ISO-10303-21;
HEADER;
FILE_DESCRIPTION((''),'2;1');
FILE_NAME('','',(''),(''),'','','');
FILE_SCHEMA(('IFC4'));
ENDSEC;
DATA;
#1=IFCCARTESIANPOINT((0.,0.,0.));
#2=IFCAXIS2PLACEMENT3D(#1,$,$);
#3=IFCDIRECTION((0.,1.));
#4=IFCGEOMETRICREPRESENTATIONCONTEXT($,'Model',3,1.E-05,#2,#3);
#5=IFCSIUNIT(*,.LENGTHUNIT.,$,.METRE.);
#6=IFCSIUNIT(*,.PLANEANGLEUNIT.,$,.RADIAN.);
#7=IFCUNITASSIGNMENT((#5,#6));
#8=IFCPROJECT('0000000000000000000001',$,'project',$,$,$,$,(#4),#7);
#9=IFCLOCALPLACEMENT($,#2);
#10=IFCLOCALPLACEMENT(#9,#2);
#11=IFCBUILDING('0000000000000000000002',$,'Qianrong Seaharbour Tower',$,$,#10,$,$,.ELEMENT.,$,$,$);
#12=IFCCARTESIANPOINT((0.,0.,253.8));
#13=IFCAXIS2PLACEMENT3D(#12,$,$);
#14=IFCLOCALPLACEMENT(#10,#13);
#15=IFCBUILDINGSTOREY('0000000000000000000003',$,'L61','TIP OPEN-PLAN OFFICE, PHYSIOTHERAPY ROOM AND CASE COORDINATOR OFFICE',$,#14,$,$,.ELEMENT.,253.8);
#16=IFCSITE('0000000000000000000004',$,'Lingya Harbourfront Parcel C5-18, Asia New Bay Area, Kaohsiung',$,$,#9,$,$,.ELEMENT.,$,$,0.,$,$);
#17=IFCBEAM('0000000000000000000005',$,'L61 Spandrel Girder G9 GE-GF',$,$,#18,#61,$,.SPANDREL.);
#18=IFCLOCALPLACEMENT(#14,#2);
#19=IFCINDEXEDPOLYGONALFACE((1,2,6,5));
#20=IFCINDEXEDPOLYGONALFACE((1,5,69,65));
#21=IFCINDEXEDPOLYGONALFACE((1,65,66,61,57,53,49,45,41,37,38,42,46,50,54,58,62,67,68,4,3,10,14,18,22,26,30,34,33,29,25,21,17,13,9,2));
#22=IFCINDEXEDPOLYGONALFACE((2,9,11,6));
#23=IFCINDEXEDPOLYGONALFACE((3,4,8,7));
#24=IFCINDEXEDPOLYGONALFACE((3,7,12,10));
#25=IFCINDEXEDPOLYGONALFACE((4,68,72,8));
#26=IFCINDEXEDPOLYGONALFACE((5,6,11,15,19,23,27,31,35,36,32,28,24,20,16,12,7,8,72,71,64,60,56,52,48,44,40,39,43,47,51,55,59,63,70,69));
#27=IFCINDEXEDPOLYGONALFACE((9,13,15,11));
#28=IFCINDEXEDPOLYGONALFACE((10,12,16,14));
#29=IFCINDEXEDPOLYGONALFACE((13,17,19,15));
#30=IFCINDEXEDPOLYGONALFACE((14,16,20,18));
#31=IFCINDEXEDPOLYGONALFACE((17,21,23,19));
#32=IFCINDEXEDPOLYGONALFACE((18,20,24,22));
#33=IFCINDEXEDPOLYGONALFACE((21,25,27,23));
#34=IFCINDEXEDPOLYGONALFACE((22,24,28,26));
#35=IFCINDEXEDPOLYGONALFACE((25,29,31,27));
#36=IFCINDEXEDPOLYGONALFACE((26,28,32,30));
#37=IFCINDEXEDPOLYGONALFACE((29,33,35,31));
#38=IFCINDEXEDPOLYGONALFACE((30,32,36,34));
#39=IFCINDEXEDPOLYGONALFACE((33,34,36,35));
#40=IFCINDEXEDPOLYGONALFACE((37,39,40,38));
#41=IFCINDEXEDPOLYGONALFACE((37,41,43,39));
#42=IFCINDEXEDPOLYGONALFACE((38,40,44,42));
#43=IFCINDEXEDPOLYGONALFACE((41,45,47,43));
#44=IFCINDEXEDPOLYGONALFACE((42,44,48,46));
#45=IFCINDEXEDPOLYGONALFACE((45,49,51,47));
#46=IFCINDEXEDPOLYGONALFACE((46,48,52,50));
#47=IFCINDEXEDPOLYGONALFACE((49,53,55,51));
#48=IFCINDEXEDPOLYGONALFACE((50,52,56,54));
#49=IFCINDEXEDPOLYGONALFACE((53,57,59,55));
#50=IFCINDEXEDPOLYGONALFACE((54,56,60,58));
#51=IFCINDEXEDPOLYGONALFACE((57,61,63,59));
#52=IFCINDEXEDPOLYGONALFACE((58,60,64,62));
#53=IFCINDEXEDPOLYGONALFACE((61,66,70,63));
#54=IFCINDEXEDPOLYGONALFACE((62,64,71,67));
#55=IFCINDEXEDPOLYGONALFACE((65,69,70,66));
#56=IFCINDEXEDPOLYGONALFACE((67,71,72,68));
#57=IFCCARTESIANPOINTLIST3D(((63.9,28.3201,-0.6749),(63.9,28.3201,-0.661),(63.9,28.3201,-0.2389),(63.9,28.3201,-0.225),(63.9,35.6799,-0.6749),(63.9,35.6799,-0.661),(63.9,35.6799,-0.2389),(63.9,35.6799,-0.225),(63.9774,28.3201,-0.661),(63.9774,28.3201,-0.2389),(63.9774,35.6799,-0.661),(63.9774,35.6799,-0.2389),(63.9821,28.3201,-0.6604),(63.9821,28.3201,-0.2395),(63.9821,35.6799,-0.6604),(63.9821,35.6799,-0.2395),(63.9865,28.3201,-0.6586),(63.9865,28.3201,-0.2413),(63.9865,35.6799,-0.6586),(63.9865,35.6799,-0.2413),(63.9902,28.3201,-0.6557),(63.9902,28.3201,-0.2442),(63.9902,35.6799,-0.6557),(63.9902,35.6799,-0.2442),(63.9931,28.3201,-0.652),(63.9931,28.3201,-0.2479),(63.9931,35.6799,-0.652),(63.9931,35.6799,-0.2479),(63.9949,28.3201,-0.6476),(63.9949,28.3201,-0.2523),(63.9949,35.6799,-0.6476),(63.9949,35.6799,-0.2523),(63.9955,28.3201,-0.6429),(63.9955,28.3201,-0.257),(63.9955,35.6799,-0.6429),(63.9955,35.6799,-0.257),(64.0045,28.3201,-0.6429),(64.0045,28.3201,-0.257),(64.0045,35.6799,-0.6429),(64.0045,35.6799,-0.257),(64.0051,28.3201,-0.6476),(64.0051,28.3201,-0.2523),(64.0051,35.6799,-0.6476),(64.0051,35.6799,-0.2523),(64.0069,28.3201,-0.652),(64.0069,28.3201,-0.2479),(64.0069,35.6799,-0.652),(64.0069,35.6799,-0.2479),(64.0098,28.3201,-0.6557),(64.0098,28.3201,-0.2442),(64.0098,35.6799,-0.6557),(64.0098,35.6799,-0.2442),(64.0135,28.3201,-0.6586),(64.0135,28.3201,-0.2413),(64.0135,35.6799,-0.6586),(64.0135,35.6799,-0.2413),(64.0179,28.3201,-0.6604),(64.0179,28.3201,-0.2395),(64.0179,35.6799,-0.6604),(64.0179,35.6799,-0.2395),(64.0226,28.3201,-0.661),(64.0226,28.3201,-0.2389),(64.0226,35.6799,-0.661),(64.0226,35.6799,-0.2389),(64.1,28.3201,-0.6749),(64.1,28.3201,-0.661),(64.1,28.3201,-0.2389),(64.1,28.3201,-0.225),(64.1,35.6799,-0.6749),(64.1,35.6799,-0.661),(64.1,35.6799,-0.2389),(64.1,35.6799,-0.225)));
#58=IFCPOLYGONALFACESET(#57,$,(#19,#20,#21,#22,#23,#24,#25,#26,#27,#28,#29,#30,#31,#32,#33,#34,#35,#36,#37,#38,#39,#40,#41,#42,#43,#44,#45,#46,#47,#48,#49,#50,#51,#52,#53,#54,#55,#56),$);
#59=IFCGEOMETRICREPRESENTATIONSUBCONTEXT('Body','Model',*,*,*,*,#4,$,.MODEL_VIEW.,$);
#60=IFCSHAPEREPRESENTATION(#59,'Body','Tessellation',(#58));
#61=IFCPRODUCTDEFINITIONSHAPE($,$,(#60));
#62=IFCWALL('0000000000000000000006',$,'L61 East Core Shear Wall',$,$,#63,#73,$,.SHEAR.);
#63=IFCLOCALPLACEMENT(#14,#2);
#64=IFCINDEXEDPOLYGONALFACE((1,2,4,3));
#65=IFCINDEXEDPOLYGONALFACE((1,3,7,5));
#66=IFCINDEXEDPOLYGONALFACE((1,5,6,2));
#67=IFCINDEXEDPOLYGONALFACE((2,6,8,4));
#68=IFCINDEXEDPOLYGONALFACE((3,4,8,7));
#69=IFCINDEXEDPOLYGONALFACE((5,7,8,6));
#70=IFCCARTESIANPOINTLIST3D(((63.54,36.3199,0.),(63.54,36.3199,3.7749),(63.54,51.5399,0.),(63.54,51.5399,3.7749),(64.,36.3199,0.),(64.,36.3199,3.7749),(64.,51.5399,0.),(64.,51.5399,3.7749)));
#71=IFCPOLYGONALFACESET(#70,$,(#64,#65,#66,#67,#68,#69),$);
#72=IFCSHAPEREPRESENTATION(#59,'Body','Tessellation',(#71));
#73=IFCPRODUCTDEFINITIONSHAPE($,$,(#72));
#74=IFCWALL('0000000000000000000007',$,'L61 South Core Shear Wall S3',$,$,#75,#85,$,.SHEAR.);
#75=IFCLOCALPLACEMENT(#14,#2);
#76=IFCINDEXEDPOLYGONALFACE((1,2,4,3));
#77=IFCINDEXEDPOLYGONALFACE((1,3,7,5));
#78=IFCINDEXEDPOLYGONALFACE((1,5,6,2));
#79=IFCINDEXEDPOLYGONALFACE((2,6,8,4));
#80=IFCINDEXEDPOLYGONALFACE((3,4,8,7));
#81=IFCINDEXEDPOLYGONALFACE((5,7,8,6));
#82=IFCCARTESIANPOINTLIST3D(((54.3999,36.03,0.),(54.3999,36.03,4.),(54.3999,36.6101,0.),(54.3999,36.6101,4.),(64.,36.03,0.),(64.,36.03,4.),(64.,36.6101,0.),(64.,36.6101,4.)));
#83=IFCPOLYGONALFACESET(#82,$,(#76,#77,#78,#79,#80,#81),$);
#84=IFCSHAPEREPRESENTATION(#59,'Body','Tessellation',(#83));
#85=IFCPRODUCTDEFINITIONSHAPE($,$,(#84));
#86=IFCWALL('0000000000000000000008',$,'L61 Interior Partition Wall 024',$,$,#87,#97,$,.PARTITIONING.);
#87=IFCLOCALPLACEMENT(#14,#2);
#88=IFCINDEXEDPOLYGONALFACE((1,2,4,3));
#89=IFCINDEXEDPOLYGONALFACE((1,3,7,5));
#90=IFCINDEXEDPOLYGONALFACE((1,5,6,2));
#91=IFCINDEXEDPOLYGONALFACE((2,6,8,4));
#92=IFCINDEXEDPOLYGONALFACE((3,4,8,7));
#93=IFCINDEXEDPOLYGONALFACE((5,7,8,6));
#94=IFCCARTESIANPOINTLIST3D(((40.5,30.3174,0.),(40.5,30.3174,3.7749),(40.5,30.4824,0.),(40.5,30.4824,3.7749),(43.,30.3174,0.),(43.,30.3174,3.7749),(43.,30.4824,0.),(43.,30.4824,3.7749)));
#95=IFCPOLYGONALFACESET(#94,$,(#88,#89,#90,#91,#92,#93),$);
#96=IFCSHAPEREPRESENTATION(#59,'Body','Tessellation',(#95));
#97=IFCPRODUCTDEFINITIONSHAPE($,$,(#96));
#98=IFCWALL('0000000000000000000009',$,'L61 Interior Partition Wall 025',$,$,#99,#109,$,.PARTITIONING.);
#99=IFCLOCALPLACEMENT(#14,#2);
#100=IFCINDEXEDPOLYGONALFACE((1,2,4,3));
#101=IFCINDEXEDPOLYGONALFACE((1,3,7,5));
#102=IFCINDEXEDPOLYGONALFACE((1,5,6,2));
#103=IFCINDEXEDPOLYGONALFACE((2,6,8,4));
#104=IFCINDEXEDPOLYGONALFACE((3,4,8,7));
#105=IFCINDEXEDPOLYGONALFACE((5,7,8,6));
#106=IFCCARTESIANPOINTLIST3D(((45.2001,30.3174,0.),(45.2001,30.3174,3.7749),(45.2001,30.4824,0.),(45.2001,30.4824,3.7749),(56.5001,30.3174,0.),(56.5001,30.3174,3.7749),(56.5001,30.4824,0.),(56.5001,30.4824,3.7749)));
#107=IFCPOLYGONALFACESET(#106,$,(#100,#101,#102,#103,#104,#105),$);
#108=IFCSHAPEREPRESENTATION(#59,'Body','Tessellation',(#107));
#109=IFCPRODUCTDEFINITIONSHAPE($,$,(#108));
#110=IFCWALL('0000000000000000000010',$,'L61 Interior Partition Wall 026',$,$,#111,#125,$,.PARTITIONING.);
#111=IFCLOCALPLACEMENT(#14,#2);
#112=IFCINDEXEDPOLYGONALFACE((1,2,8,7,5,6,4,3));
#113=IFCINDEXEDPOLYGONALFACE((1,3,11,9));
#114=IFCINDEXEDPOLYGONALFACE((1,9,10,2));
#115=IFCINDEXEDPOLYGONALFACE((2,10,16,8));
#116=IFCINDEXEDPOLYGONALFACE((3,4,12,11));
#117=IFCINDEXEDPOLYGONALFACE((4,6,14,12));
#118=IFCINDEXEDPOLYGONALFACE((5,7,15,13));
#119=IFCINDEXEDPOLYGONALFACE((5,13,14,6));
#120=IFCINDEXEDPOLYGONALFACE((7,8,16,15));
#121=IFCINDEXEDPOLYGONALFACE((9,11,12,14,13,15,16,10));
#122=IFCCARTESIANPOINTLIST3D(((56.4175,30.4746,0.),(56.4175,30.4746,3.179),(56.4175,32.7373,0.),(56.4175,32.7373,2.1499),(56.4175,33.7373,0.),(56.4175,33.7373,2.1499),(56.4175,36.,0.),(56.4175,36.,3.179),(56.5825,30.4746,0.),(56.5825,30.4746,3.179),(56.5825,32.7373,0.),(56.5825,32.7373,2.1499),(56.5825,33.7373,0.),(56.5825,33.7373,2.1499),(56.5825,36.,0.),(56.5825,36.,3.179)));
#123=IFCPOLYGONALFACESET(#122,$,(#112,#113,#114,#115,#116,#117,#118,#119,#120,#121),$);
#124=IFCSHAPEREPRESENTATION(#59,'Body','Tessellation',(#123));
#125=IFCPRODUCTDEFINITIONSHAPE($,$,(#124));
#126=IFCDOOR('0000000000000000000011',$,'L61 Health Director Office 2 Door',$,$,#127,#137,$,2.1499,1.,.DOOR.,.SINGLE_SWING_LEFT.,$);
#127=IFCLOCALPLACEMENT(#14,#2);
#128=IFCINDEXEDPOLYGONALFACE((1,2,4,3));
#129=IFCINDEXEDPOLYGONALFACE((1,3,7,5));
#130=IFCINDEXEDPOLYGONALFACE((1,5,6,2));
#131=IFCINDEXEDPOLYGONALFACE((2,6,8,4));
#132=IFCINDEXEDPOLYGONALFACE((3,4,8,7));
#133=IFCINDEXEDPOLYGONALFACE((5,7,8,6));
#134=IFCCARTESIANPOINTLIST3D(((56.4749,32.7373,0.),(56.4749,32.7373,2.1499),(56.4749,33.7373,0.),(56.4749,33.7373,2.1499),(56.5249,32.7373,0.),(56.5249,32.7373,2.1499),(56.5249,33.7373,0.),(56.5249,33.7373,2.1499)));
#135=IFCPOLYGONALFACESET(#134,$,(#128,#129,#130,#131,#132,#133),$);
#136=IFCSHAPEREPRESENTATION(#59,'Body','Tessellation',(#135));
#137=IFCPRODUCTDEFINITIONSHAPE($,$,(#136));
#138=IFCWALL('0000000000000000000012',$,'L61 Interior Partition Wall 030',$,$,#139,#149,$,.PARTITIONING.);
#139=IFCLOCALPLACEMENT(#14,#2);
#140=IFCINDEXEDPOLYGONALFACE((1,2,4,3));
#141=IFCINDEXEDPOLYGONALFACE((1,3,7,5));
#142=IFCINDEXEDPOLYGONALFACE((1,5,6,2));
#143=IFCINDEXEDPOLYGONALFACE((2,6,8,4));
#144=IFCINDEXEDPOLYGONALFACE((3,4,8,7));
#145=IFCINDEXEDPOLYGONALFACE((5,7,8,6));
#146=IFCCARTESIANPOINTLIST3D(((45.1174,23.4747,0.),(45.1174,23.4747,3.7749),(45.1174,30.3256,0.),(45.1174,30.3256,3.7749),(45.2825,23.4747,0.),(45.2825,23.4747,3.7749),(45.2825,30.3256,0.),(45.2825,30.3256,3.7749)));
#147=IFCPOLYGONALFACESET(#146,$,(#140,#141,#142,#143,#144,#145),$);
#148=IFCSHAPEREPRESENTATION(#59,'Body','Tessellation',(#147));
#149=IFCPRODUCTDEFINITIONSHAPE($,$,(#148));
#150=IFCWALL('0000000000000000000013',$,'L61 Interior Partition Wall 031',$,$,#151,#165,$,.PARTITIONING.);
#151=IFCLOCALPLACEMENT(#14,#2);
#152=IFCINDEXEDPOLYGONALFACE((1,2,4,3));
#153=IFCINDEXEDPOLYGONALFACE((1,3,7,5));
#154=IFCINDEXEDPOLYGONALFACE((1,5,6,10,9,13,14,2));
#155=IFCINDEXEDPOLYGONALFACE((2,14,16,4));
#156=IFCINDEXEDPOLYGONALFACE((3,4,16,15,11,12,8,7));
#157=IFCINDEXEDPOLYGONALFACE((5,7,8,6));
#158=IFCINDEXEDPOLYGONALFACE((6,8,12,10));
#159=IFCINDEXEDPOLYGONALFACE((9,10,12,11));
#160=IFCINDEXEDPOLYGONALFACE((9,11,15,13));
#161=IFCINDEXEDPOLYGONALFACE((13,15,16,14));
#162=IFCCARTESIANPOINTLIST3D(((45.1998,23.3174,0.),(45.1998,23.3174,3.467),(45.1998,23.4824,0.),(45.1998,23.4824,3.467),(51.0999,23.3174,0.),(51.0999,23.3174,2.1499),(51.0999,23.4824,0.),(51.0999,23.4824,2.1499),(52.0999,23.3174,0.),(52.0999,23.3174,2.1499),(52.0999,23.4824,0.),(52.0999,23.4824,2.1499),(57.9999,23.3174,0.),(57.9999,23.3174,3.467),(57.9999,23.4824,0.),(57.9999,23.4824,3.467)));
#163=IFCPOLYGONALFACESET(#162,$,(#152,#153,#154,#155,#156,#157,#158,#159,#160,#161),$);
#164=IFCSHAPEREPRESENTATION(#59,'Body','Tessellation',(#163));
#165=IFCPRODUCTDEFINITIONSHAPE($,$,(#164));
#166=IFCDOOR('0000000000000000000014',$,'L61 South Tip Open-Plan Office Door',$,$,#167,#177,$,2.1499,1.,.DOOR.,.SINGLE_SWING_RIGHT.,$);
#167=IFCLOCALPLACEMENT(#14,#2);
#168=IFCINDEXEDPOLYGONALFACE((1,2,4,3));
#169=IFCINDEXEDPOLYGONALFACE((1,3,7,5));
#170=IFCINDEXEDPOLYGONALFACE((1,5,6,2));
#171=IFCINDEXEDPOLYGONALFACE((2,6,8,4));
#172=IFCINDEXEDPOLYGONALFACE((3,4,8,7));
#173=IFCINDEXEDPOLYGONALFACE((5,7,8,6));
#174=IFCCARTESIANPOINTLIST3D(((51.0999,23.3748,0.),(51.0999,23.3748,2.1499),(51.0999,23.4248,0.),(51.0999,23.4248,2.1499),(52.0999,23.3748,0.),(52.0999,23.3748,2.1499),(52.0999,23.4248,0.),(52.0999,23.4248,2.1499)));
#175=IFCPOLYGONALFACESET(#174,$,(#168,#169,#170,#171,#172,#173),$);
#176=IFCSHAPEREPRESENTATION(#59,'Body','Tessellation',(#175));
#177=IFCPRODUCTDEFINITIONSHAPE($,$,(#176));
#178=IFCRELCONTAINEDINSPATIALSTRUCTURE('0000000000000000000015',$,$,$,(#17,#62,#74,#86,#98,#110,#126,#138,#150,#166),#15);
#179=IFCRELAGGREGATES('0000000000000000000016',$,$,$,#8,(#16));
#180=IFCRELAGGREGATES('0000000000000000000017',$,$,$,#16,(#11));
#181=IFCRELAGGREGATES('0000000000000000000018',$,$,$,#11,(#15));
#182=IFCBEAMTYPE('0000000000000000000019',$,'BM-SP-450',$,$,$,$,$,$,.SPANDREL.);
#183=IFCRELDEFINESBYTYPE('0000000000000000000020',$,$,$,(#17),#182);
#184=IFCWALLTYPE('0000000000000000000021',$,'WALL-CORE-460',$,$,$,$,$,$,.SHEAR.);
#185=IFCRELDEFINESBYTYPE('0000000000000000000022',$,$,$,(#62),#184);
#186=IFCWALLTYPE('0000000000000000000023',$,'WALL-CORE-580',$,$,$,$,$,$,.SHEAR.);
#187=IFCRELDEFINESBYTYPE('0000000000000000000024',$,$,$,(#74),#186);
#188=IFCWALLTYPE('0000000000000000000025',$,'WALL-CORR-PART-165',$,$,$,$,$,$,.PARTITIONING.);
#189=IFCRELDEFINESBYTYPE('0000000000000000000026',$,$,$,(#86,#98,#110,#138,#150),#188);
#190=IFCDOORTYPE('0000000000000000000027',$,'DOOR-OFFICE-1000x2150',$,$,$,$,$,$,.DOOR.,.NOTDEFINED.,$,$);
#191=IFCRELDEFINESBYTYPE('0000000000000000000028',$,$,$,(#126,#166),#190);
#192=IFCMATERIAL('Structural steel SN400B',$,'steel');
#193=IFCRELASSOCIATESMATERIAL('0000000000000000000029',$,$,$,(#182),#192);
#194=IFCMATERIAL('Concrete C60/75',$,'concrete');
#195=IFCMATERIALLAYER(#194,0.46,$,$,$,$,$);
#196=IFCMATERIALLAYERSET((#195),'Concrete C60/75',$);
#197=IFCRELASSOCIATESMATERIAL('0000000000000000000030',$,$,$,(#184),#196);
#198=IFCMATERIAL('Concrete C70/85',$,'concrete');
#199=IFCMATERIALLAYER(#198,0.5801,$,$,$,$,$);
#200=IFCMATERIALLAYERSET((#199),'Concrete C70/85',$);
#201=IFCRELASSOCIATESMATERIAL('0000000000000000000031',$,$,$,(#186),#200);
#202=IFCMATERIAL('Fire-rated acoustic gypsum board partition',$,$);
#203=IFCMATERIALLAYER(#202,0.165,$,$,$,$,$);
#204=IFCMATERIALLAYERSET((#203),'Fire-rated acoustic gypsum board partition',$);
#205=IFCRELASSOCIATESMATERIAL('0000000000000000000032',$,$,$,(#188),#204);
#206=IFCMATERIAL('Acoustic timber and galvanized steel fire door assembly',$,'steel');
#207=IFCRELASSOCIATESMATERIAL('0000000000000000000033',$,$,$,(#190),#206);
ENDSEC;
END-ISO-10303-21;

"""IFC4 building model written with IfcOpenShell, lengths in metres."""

from ifc_helpers import new_model, si_unit, direction, frame, frame_2d, origin, origin_2d, place, context, subcontext, project, spatial, rectangle, i_section, extrude, material, layer, layer_set, material_profile, profile_set, type_object, element, fill, save


model = new_model("IFC4")

# Units and contexts
model_context = context("Model", 3, precision=1e-05, world=origin(), true_north=direction((0.0, 1.0)))
body_context = subcontext(model_context, "Body", "Model", "MODEL_VIEW")
ifc_project = project(units=[si_unit("LENGTHUNIT", "METRE"), si_unit("PLANEANGLEUNIT", "RADIAN")], contexts=[model_context])

# Site, building, storey
site_placement = place(None, origin())
site = spatial("IfcSite", under=ifc_project, at=site_placement, Name="Lingya Harbourfront Parcel C5-18, Asia New Bay Area, Kaohsiung", CompositionType="ELEMENT", RefElevation=0.0)
building_placement = place(site_placement, origin())
building = spatial("IfcBuilding", under=site, at=building_placement, Name="Qianrong Seaharbour Tower", CompositionType="ELEMENT")
storey_placement = place(building_placement, frame((0.0, 0.0, 253.8)))
storey = spatial("IfcBuildingStorey", under=building, at=storey_placement, Name="L61", Description="TIP OPEN-PLAN OFFICE, PHYSIOTHERAPY ROOM AND CASE COORDINATOR OFFICE", CompositionType="ELEMENT", Elevation=253.8)

# Beam
ifc_material_1 = material(Name="Structural steel SN400B", Category="steel")
ifc_material_2 = material(Name="Concrete C60/75", Category="concrete")
ifc_material_profile_1 = material_profile(ifc_material_1, i_section(OverallWidth=0.2, OverallDepth=0.45, WebThickness=0.009, FlangeThickness=0.0139, FilletRadius=0.0181, at=origin_2d()), Name="H450x200x9x14")
ifc_profile_set_1 = profile_set([ifc_material_profile_1], Name="Structural steel SN400B")
beam_type_1 = type_object("IfcBeamType", Name="BM-SP-450", PredefinedType="SPANDREL", material=ifc_profile_set_1)
beam_1_placement = place(storey_placement, frame((64.0, 28.3201, -0.45), z_axis=(0.0, 1.0, 0.0), x_axis=(-1.0, 0.0, 0.0)))
element("IfcBeam", 1, at=beam_1_placement, inside=storey, type_object=beam_type_1, Name="L61 Spandrel Girder G9 GE-GF", PredefinedType="SPANDREL", context=body_context, shape_type="SweptSolid", body=[
    extrude(i_section(OverallWidth=0.2, OverallDepth=0.45, WebThickness=0.009, FlangeThickness=0.0139, FilletRadius=0.0181, at=origin_2d()), origin(), (0.0, 0.0, 1.0), 7.3599),
])

# Walls
ifc_layer_1 = layer(ifc_material_2, 0.46)
ifc_layer_set_1 = layer_set([ifc_layer_1], Name="Concrete C60/75")
wall_type_1 = type_object("IfcWallType", Name="WALL-CORE-460", PredefinedType="SHEAR", material=ifc_layer_set_1)
wall_1_placement = place(storey_placement, frame((63.77, 36.3201, 0.0), z_axis=(0.0, 0.0, 1.0), x_axis=(0.0, 1.0, 0.0)))
element("IfcWall", 2, at=wall_1_placement, inside=storey, type_object=wall_type_1, Name="L61 East Core Shear Wall", PredefinedType="SHEAR", context=body_context, shape_type="SweptSolid", body=[
    extrude(rectangle(XDim=15.22, YDim=0.46, at=frame_2d((7.6099, 0.0))), origin(), (0.0, 0.0, 1.0), 3.7749),
])
ifc_material_3 = material(Name="Concrete C70/85", Category="concrete")
ifc_layer_2 = layer(ifc_material_3, 0.5801)
ifc_layer_set_2 = layer_set([ifc_layer_2], Name="Concrete C70/85")
wall_type_2 = type_object("IfcWallType", Name="WALL-CORE-580", PredefinedType="SHEAR", material=ifc_layer_set_2)
wall_2_placement = place(storey_placement, frame((54.3999, 36.3201, 0.0), z_axis=(0.0, 0.0, 1.0), x_axis=(1.0, 0.0, 0.0)))
element("IfcWall", 3, at=wall_2_placement, inside=storey, type_object=wall_type_2, Name="L61 South Core Shear Wall S3", PredefinedType="SHEAR", context=body_context, shape_type="SweptSolid", body=[
    extrude(rectangle(XDim=9.6001, YDim=0.5801, at=frame_2d((4.8, 0.0))), origin(), (0.0, 0.0, 1.0), 4.0),
])
ifc_material_4 = material(Name="Fire-rated acoustic gypsum board partition")
ifc_layer_3 = layer(ifc_material_4, 0.165)
ifc_layer_set_3 = layer_set([ifc_layer_3], Name="Fire-rated acoustic gypsum board partition")
wall_type_3 = type_object("IfcWallType", Name="WALL-CORR-PART-165", PredefinedType="PARTITIONING", material=ifc_layer_set_3)
wall_3_placement = place(storey_placement, frame((43.0, 30.3999, 0.0), z_axis=(0.0, 0.0, 1.0), x_axis=(-1.0, 0.0, 0.0)))
element("IfcWall", 4, at=wall_3_placement, inside=storey, type_object=wall_type_3, Name="L61 Interior Partition Wall 024", PredefinedType="PARTITIONING", context=body_context, shape_type="SweptSolid", body=[
    extrude(rectangle(XDim=2.5, YDim=0.165, at=frame_2d((1.25, 0.0))), origin(), (0.0, 0.0, 1.0), 3.7749),
])
wall_4_placement = place(storey_placement, frame((56.5, 30.3999, 0.0), z_axis=(0.0, 0.0, 1.0), x_axis=(-1.0, 0.0, 0.0)))
element("IfcWall", 5, at=wall_4_placement, inside=storey, type_object=wall_type_3, Name="L61 Interior Partition Wall 025", PredefinedType="PARTITIONING", context=body_context, shape_type="SweptSolid", body=[
    extrude(rectangle(XDim=11.3, YDim=0.165, at=frame_2d((5.6499, 0.0))), origin(), (0.0, 0.0, 1.0), 3.7749),
])

# Wall, opening, door
wall_5_placement = place(storey_placement, frame((56.5, 36.0, 0.0), z_axis=(0.0, 0.0, 1.0), x_axis=(0.0, -1.0, 0.0)))
wall_5 = element("IfcWall", 6, at=wall_5_placement, inside=storey, type_object=wall_type_3, Name="L61 Interior Partition Wall 026", PredefinedType="PARTITIONING", context=body_context, shape_type="SweptSolid", body=[
    extrude(rectangle(XDim=5.5254, YDim=0.165, at=frame_2d((2.7627, 0.0))), origin(), (0.0, 0.0, 1.0), 3.179),
])
opening_1_placement = place(wall_5_placement, frame((2.2627, 0.0, 0.0)))
opening_1 = element("IfcOpeningElement", 7, at=opening_1_placement, cuts=wall_5, PredefinedType="OPENING", context=body_context, shape_type="SweptSolid", body=[
    extrude(rectangle(XDim=1.0, YDim=2.1499, at=frame_2d((0.5, 1.075))), frame((0.0, 0.0925, 0.0), z_axis=(0.0, -1.0, 0.0), x_axis=(1.0, 0.0, 0.0)), (0.0, 0.0, 1.0), 0.1851),
])
ifc_material_5 = material(Name="Acoustic timber and galvanized steel fire door assembly", Category="steel")
door_type = type_object("IfcDoorType", Name="DOOR-OFFICE-1000x2150", OperationType="NOTDEFINED", PredefinedType="DOOR", material=ifc_material_5)
door_1_placement = place(opening_1_placement, origin())
door_1 = element("IfcDoor", 8, at=door_1_placement, inside=storey, type_object=door_type, Name="L61 Health Director Office 2 Door", OperationType="SINGLE_SWING_LEFT", OverallHeight=2.1499, OverallWidth=1.0, PredefinedType="DOOR", context=body_context, shape_type="SweptSolid", body=[
    extrude(rectangle(XDim=1.0, YDim=2.1499, at=frame_2d((0.5, 1.075))), frame((0.0, 0.0249, 0.0), z_axis=(0.0, -1.0, 0.0), x_axis=(1.0, 0.0, 0.0)), (0.0, 0.0, 1.0), 0.05),
])
fill(opening_1, door_1)

# Wall
wall_6_placement = place(storey_placement, frame((45.2, 30.3254, 0.0), z_axis=(0.0, 0.0, 1.0), x_axis=(0.0, -1.0, 0.0)))
element("IfcWall", 9, at=wall_6_placement, inside=storey, type_object=wall_type_3, Name="L61 Interior Partition Wall 030", PredefinedType="PARTITIONING", context=body_context, shape_type="SweptSolid", body=[
    extrude(rectangle(XDim=6.8508, YDim=0.165, at=frame_2d((3.4253, 0.0))), origin(), (0.0, 0.0, 1.0), 3.7749),
])

# Wall, opening, door
wall_7_placement = place(storey_placement, frame((45.2, 23.3999, 0.0), z_axis=(0.0, 0.0, 1.0), x_axis=(1.0, 0.0, 0.0)))
wall_7 = element("IfcWall", 10, at=wall_7_placement, inside=storey, type_object=wall_type_3, Name="L61 Interior Partition Wall 031", PredefinedType="PARTITIONING", context=body_context, shape_type="SweptSolid", body=[
    extrude(rectangle(XDim=12.8, YDim=0.165, at=frame_2d((6.3999, 0.0))), origin(), (0.0, 0.0, 1.0), 3.467),
])
opening_2_placement = place(wall_7_placement, frame((5.8999, 0.0, 0.0)))
opening_2 = element("IfcOpeningElement", 11, at=opening_2_placement, cuts=wall_7, PredefinedType="OPENING", context=body_context, shape_type="SweptSolid", body=[
    extrude(rectangle(XDim=1.0, YDim=2.1499, at=frame_2d((0.5, 1.075))), frame((0.0, 0.0925, 0.0), z_axis=(0.0, -1.0, 0.0), x_axis=(1.0, 0.0, 0.0)), (0.0, 0.0, 1.0), 0.1851),
])
door_2_placement = place(opening_2_placement, origin())
door_2 = element("IfcDoor", 12, at=door_2_placement, inside=storey, type_object=door_type, Name="L61 South Tip Open-Plan Office Door", OperationType="SINGLE_SWING_RIGHT", OverallHeight=2.1499, OverallWidth=1.0, PredefinedType="DOOR", context=body_context, shape_type="SweptSolid", body=[
    extrude(rectangle(XDim=1.0, YDim=2.1499, at=frame_2d((0.5, 1.075))), frame((0.0, 0.0249, 0.0), z_axis=(0.0, -1.0, 0.0), x_axis=(1.0, 0.0, 0.0)), (0.0, 0.0, 1.0), 0.05),
])
fill(opening_2, door_2)

save(model, "model.ifc")
